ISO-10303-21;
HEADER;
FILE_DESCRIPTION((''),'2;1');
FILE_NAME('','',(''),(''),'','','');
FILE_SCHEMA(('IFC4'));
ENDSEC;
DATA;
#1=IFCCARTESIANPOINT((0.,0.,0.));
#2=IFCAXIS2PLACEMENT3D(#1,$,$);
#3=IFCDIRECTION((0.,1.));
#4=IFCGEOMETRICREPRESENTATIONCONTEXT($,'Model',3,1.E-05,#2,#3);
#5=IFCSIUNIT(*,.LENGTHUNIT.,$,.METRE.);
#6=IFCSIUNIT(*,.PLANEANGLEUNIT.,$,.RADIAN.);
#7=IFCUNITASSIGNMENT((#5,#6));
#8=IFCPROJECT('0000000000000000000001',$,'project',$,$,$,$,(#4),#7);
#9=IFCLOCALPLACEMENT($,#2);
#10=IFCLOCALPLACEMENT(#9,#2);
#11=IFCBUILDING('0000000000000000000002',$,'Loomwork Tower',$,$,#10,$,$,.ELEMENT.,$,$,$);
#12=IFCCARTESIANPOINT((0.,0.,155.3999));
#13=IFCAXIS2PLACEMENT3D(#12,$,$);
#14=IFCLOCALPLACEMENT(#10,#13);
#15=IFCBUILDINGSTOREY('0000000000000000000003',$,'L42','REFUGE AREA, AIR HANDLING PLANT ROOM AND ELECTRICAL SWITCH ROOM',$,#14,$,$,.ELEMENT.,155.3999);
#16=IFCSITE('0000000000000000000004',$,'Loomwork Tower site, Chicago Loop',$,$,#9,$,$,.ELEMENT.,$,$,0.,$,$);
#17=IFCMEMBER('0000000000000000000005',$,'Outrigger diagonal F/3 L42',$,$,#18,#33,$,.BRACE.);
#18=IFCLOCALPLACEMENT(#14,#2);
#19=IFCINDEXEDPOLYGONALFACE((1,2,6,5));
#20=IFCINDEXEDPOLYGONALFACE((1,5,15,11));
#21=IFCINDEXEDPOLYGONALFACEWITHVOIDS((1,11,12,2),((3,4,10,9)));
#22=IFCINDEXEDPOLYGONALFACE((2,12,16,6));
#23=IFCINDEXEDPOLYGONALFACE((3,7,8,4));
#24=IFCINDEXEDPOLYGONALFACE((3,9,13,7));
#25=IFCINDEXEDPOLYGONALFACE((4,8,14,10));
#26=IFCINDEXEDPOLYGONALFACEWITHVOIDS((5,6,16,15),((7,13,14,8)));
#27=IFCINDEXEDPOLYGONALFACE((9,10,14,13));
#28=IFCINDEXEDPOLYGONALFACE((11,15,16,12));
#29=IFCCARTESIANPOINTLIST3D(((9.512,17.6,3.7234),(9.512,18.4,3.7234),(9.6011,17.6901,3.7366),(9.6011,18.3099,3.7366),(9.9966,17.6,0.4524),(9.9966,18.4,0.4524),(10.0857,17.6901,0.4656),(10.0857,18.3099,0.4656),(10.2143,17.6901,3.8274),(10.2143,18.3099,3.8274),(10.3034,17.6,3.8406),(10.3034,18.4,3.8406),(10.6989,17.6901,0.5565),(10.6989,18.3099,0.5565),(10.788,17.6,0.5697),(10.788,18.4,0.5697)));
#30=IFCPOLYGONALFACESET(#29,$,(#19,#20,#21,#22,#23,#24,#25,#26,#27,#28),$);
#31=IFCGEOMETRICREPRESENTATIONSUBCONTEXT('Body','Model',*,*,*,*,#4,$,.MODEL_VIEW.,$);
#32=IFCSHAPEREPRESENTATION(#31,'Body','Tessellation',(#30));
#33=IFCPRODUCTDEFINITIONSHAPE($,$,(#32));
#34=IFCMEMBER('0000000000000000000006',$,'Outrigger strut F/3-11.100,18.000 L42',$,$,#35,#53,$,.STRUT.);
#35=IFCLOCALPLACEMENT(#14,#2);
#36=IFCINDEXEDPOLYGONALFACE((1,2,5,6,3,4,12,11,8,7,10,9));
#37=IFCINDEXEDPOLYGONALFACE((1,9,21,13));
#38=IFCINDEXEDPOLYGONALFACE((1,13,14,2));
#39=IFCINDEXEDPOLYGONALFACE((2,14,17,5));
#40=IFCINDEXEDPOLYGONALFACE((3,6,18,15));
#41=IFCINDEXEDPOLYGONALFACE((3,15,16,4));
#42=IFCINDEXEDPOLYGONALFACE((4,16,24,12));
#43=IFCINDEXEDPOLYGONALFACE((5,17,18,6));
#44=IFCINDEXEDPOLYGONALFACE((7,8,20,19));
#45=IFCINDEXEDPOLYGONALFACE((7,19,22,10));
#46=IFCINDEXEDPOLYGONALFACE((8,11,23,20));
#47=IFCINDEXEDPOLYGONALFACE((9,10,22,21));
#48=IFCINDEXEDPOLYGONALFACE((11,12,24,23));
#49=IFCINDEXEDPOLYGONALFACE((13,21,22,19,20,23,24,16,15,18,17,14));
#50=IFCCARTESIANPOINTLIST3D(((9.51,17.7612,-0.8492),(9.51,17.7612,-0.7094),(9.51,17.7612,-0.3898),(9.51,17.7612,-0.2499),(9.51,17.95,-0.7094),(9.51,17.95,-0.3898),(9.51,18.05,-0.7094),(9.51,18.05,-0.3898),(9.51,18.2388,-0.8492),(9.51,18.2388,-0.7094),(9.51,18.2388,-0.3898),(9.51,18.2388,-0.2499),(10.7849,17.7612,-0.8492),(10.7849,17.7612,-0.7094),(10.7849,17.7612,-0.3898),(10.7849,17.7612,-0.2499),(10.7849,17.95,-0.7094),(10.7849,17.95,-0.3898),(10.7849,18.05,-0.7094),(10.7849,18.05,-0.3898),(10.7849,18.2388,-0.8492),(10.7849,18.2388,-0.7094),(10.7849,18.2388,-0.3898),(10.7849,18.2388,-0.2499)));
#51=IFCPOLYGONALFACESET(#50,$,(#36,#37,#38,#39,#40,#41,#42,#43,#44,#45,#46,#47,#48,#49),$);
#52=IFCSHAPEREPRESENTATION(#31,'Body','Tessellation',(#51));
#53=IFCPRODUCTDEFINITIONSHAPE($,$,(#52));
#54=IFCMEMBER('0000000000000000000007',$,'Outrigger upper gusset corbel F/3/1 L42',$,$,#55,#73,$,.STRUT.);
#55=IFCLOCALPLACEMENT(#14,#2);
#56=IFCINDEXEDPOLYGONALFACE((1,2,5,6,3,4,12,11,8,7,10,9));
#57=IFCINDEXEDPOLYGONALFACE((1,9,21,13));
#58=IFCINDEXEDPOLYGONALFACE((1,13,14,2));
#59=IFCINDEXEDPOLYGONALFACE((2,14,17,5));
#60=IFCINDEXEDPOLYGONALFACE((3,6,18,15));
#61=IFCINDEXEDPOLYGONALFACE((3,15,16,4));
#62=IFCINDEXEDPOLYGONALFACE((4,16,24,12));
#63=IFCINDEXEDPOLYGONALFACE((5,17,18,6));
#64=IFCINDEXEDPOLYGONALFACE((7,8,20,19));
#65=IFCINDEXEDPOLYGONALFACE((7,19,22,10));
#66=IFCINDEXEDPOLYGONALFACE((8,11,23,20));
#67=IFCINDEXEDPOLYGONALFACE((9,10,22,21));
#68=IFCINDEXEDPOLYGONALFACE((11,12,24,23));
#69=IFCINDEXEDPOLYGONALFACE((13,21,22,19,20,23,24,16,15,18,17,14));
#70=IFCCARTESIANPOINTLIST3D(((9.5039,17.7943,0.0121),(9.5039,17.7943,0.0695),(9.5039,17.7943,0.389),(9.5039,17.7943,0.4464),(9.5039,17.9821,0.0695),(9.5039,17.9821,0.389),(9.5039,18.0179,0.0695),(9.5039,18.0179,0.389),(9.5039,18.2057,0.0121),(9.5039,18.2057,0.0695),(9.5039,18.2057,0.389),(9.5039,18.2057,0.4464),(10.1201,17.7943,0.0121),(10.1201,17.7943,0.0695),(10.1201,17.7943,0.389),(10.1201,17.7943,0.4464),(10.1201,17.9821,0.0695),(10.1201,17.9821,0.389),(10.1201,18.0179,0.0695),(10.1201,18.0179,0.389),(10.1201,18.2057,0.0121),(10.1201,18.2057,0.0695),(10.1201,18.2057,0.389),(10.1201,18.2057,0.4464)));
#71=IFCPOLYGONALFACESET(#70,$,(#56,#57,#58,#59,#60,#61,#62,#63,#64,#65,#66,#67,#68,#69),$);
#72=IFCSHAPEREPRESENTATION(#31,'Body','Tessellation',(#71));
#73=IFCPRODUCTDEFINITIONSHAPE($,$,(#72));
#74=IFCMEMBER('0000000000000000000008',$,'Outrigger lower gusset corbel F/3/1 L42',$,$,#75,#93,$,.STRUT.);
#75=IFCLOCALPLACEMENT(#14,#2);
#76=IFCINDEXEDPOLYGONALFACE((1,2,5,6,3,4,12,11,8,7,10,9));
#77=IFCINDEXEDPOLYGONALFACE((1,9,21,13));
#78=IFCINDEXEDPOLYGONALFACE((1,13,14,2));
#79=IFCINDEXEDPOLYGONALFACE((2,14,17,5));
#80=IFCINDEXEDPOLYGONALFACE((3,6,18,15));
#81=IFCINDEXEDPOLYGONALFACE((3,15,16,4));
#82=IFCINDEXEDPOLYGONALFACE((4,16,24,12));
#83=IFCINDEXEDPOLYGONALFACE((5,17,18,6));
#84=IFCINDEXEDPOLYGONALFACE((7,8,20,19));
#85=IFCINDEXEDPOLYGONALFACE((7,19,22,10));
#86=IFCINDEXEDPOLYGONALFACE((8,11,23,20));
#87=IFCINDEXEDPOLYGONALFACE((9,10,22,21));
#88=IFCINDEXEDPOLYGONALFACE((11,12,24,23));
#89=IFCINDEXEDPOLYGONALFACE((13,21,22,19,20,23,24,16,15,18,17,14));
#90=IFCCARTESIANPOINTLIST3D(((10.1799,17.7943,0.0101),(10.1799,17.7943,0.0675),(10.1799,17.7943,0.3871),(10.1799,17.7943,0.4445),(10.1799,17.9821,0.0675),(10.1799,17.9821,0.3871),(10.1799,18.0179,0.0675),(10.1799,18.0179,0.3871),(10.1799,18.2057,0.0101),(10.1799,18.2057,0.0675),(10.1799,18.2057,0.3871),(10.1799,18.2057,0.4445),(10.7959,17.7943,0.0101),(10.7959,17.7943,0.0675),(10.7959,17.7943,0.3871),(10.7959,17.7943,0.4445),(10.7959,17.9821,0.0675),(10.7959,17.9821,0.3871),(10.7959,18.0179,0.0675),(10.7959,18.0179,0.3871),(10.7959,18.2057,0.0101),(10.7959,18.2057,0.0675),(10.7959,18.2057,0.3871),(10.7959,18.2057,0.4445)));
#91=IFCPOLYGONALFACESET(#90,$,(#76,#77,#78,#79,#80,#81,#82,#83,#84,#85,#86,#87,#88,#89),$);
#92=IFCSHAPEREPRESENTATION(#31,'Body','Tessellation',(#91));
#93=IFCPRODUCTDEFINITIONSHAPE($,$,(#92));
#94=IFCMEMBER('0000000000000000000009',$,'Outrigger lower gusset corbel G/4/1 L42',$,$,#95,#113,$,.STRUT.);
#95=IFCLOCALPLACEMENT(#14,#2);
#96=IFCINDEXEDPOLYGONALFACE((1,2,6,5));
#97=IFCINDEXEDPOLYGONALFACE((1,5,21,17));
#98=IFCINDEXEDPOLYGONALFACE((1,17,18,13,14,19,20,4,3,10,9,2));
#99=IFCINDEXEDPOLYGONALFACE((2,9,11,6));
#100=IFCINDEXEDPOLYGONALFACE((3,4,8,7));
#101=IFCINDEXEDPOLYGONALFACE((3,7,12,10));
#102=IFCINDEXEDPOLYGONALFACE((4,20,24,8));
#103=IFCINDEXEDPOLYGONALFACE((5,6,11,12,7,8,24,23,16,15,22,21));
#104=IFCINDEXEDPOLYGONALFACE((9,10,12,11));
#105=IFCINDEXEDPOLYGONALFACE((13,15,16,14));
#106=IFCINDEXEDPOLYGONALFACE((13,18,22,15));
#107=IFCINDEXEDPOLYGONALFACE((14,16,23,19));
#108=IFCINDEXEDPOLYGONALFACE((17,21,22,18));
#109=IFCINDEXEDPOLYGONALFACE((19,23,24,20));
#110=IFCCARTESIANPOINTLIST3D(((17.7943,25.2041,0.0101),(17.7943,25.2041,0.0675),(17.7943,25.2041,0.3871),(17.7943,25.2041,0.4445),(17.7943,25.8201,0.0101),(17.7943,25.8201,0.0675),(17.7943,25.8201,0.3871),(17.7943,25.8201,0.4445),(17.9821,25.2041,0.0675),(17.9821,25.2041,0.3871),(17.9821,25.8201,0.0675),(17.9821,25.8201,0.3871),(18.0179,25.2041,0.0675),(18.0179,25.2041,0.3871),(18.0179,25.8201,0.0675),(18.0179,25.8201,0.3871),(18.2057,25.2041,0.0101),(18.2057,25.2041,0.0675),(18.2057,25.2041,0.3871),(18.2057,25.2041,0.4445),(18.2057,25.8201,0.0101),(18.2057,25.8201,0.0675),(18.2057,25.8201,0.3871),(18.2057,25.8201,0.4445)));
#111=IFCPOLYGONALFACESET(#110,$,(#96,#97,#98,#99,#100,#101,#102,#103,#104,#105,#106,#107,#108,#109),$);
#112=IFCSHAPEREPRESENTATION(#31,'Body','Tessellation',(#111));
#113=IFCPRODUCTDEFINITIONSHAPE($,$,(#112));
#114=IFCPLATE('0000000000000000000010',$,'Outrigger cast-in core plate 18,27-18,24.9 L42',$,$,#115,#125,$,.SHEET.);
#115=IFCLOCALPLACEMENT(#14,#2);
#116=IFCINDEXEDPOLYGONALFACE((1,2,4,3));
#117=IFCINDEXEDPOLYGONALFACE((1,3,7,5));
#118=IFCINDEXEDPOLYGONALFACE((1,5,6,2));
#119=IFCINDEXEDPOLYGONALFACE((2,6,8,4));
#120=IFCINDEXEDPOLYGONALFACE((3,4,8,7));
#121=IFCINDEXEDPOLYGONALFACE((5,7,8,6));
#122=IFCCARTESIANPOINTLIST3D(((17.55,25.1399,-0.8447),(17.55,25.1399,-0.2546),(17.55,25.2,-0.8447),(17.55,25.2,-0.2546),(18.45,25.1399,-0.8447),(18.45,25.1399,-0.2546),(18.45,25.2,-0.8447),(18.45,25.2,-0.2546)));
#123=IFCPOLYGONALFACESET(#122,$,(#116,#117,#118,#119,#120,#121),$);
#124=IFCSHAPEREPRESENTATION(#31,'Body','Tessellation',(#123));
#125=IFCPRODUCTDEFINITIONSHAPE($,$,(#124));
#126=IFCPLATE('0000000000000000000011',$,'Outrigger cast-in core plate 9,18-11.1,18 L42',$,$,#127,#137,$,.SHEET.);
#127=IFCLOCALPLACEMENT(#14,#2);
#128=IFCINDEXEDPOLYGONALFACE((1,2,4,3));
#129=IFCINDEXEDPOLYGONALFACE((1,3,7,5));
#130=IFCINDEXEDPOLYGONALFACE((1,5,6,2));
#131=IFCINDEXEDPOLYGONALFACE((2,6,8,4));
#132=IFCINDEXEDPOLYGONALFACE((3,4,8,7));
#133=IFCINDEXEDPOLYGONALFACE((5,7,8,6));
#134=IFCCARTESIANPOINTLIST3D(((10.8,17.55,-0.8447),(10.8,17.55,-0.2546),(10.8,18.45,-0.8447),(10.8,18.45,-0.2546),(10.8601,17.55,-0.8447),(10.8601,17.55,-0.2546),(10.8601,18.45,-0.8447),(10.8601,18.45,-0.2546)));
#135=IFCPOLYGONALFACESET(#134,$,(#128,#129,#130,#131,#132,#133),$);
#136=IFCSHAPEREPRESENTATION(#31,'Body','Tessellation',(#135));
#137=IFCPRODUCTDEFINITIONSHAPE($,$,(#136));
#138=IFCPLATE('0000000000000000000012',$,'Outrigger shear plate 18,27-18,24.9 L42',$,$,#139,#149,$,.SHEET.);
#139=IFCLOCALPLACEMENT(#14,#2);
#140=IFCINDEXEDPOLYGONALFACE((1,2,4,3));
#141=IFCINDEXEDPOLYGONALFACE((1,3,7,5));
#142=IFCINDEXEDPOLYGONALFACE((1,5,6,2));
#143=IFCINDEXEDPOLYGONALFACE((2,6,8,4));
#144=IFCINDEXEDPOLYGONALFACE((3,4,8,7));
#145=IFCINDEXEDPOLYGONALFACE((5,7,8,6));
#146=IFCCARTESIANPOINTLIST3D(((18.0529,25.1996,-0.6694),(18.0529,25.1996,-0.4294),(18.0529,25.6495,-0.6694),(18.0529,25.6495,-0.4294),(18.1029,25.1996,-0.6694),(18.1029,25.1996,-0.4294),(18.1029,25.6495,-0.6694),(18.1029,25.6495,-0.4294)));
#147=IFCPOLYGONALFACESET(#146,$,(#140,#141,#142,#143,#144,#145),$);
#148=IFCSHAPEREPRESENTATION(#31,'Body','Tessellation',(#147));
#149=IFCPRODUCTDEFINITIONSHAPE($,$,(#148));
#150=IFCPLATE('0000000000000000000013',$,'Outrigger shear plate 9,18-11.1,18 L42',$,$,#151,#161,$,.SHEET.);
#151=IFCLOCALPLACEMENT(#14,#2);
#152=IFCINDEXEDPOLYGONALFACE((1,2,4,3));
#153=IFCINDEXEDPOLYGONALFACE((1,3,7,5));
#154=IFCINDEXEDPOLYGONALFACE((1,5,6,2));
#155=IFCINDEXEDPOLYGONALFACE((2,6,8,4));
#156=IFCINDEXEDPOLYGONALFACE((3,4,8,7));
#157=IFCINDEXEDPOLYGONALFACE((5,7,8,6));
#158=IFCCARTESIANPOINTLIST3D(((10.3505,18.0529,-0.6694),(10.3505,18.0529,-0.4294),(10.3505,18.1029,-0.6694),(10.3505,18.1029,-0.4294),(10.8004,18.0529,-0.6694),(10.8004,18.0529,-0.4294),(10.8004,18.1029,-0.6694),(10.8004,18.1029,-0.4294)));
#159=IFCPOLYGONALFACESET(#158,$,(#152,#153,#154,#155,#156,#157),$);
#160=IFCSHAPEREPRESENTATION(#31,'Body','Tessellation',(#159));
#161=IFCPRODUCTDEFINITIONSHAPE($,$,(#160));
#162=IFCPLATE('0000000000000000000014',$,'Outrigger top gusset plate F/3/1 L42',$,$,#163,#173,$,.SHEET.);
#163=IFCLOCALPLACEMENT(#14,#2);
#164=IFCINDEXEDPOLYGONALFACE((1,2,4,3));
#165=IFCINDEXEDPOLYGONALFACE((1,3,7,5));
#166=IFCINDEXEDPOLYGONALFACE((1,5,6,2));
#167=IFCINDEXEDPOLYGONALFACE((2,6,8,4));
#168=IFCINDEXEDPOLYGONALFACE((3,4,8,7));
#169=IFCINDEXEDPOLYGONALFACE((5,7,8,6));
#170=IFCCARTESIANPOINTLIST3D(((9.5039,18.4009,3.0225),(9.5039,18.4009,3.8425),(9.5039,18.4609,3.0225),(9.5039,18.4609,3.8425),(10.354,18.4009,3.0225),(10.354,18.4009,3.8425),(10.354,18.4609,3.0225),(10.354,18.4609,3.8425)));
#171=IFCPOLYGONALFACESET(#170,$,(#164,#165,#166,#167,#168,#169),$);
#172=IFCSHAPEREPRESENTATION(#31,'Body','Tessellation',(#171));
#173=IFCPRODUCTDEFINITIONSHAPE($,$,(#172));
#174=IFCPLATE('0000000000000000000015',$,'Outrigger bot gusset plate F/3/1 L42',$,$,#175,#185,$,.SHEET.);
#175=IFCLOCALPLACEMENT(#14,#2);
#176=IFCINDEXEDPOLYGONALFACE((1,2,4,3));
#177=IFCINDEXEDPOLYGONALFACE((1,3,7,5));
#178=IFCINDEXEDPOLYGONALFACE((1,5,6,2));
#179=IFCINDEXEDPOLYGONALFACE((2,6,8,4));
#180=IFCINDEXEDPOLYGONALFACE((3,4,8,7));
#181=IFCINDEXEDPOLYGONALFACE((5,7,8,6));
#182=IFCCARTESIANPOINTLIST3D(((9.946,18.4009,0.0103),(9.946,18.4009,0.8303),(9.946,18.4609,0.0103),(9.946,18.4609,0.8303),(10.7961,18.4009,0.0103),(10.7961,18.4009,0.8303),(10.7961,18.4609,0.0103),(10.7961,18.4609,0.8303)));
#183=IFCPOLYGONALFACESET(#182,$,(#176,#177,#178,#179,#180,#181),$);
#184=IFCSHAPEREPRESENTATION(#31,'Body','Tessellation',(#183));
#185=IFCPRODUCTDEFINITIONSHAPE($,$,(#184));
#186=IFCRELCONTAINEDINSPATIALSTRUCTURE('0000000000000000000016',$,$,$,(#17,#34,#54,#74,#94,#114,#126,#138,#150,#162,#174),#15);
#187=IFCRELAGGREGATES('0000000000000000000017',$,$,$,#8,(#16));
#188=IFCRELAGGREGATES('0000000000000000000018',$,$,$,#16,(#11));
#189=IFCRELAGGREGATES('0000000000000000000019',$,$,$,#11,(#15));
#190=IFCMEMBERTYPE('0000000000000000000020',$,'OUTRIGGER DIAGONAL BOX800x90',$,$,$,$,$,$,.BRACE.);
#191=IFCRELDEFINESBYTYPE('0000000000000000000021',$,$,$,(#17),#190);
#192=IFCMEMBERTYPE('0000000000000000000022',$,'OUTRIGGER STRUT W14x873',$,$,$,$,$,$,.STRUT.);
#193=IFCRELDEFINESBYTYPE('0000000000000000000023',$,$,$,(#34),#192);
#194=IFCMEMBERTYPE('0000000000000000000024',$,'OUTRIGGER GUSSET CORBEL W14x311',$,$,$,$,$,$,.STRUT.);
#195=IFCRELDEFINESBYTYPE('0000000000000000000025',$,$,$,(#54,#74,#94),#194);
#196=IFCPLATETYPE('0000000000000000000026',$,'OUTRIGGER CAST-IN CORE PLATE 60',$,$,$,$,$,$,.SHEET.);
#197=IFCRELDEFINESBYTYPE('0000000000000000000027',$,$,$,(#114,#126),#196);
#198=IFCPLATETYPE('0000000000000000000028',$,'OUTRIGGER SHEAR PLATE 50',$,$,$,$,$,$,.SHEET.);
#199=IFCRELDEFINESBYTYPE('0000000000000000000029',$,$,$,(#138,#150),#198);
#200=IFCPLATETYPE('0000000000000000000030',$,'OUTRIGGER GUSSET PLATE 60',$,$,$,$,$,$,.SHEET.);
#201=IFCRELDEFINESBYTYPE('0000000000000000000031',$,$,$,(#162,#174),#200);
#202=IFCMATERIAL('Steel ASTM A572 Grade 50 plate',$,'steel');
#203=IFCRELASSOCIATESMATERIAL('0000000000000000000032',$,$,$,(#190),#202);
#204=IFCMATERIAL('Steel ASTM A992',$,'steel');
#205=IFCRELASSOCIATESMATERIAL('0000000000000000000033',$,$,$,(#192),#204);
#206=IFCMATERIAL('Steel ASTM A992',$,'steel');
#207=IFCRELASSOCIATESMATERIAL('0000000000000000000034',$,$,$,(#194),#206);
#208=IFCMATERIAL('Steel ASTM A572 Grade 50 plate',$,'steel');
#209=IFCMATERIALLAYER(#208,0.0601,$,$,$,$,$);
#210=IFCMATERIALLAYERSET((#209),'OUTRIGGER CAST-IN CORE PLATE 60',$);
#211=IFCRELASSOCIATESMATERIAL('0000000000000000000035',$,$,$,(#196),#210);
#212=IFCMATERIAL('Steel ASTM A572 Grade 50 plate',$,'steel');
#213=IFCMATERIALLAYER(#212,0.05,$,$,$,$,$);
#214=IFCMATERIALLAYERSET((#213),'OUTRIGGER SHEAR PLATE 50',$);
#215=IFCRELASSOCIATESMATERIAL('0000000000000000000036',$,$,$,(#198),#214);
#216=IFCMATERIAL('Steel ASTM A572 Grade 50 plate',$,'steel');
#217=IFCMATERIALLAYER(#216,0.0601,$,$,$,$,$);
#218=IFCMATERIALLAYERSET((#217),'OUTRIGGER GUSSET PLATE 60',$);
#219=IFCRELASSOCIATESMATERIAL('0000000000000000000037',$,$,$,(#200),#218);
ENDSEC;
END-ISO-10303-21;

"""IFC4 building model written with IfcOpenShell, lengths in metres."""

from ifc_helpers import new_model, si_unit, direction, frame, origin, origin_2d, place, context, subcontext, project, spatial, rectangle, hollow_rectangle, i_section, extrude, material, layer, layer_set, material_profile, profile_set, type_object, element, save


model = new_model("IFC4")

# Units and contexts
model_context = context("Model", 3, precision=1e-05, world=origin(), true_north=direction((0.0, 1.0)))
body_context = subcontext(model_context, "Body", "Model", "MODEL_VIEW")
ifc_project = project(units=[si_unit("LENGTHUNIT", "METRE"), si_unit("PLANEANGLEUNIT", "RADIAN")], contexts=[model_context])

# Site, building, storey
site_placement = place(None, origin())
site = spatial("IfcSite", under=ifc_project, at=site_placement, Name="Loomwork Tower site, Chicago Loop", CompositionType="ELEMENT", RefElevation=0.0)
building_placement = place(site_placement, origin())
building = spatial("IfcBuilding", under=site, at=building_placement, Name="Loomwork Tower", CompositionType="ELEMENT")
storey_placement = place(building_placement, frame((0.0, 0.0, 155.3999)))
storey = spatial("IfcBuildingStorey", under=building, at=storey_placement, Name="L42", Description="REFUGE AREA, AIR HANDLING PLANT ROOM AND ELECTRICAL SWITCH ROOM", CompositionType="ELEMENT", Elevation=155.3999)

# Members
ifc_material_1 = material(Name="Steel ASTM A572 Grade 50 plate", Category="steel")
ifc_material_profile_1 = material_profile(ifc_material_1, hollow_rectangle(XDim=0.8, YDim=0.8, WallThickness=0.0901, at=origin_2d()), Name="BOX800x90")
ifc_profile_set_1 = profile_set([ifc_material_profile_1], Name="Steel ASTM A572 Grade 50 plate")
member_type_1 = type_object("IfcMemberType", Name="OUTRIGGER DIAGONAL BOX800x90", PredefinedType="BRACE", material=ifc_profile_set_1)
member_1_placement = place(storey_placement, frame((9.9077, 18.0, 3.782), z_axis=(0.146557, 0.0, -0.989202), x_axis=(0.0, 1.0, 0.0)))
element("IfcMember", 1, at=member_1_placement, inside=storey, type_object=member_type_1, Name="Outrigger diagonal F/3 L42", PredefinedType="BRACE", context=body_context, shape_type="SweptSolid", body=[
    extrude(hollow_rectangle(XDim=0.8, YDim=0.8, WallThickness=0.0901, at=origin_2d()), origin(), (0.0, 0.0, 1.0), 3.3066),
])
ifc_material_2 = material(Name="Steel ASTM A992", Category="steel")
ifc_material_profile_2 = material_profile(ifc_material_2, i_section(OverallWidth=0.4775, OverallDepth=0.5994, WebThickness=0.1001, FlangeThickness=0.1399, at=origin_2d()), Name="W14x873")
ifc_profile_set_2 = profile_set([ifc_material_profile_2], Name="Steel ASTM A992")
member_type_2 = type_object("IfcMemberType", Name="OUTRIGGER STRUT W14x873", PredefinedType="STRUT", material=ifc_profile_set_2)
member_2_placement = place(storey_placement, frame((9.51, 18.0, -0.5496), z_axis=(1.0, 0.0, 0.0), x_axis=(0.0, 1.0, 0.0)))
element("IfcMember", 2, at=member_2_placement, inside=storey, type_object=member_type_2, Name="Outrigger strut F/3-11.100,18.000 L42", PredefinedType="STRUT", context=body_context, shape_type="SweptSolid", body=[
    extrude(i_section(OverallWidth=0.4775, OverallDepth=0.5994, WebThickness=0.1001, FlangeThickness=0.1399, at=origin_2d()), origin(), (0.0, 0.0, 1.0), 1.2749),
])
ifc_material_3 = material(Name="Steel ASTM A992", Category="steel")
ifc_material_profile_3 = material_profile(ifc_material_3, i_section(OverallWidth=0.4114, OverallDepth=0.4343, WebThickness=0.0359, FlangeThickness=0.0574, at=origin_2d()), Name="W14x311")
ifc_profile_set_3 = profile_set([ifc_material_profile_3], Name="Steel ASTM A992")
member_type_3 = type_object("IfcMemberType", Name="OUTRIGGER GUSSET CORBEL W14x311", PredefinedType="STRUT", material=ifc_profile_set_3)
member_3_placement = place(storey_placement, frame((9.5039, 18.0, 0.2292), z_axis=(1.0, 0.0, 0.0), x_axis=(0.0, 1.0, 0.0)))
element("IfcMember", 3, at=member_3_placement, inside=storey, type_object=member_type_3, Name="Outrigger upper gusset corbel F/3/1 L42", PredefinedType="STRUT", context=body_context, shape_type="SweptSolid", body=[
    extrude(i_section(OverallWidth=0.4114, OverallDepth=0.4343, WebThickness=0.0359, FlangeThickness=0.0574, at=origin_2d()), origin(), (0.0, 0.0, 1.0), 0.6162),
])
for number, where, z_axis, x_axis, name in (
    (4, (10.7959, 18.0, 0.2273), (-1.0, 0.0, 0.0), (0.0, -1.0, 0.0), "Outrigger lower gusset corbel F/3/1 L42"),
    (5, (18.0, 25.2041, 0.2273), (0.0, 1.0, 0.0), (-1.0, 0.0, 0.0), "Outrigger lower gusset corbel G/4/1 L42"),
):
    element("IfcMember", number, at=place(storey_placement, frame(where, z_axis=z_axis, x_axis=x_axis)), inside=storey, type_object=member_type_3, Name=name, PredefinedType="STRUT", context=body_context, shape_type="SweptSolid", body=[
        extrude(i_section(OverallWidth=0.4114, OverallDepth=0.4343, WebThickness=0.0359, FlangeThickness=0.0574, at=origin_2d()), origin(), (0.0, 0.0, 1.0), 0.616),
    ])

# Plates
ifc_material_4 = material(Name="Steel ASTM A572 Grade 50 plate", Category="steel")
ifc_layer_1 = layer(ifc_material_4, 0.0601)
ifc_layer_set_1 = layer_set([ifc_layer_1], Name="OUTRIGGER CAST-IN CORE PLATE 60")
plate_type_1 = type_object("IfcPlateType", Name="OUTRIGGER CAST-IN CORE PLATE 60", PredefinedType="SHEET", material=ifc_layer_set_1)
for number, where, z_axis, x_axis, name in (
    (6, (18.0, 25.1699, -0.8447), (0.0, 0.0, 1.0), (1.0, 0.0, 0.0), "Outrigger cast-in core plate 18,27-18,24.9 L42"),
    (7, (10.8301, 18.0, -0.8447), (0.0, 0.0, 1.0), (0.0, 1.0, 0.0), "Outrigger cast-in core plate 9,18-11.1,18 L42"),
):
    element("IfcPlate", number, at=place(storey_placement, frame(where, z_axis=z_axis, x_axis=x_axis)), inside=storey, type_object=plate_type_1, Name=name, PredefinedType="SHEET", context=body_context, shape_type="SweptSolid", body=[
        extrude(rectangle(XDim=0.8999, YDim=0.0601, at=origin_2d()), origin(), (0.0, 0.0, 1.0), 0.5901),
    ])
ifc_material_5 = material(Name="Steel ASTM A572 Grade 50 plate", Category="steel")
ifc_layer_2 = layer(ifc_material_5, 0.05)
ifc_layer_set_2 = layer_set([ifc_layer_2], Name="OUTRIGGER SHEAR PLATE 50")
plate_type_2 = type_object("IfcPlateType", Name="OUTRIGGER SHEAR PLATE 50", PredefinedType="SHEET", material=ifc_layer_set_2)
for number, where, z_axis, x_axis, name in (
    (8, (18.0779, 25.4246, -0.6694), (0.0, 0.0, 1.0), (0.0, 1.0, 0.0), "Outrigger shear plate 18,27-18,24.9 L42"),
    (9, (10.5754, 18.0779, -0.6694), (0.0, 0.0, 1.0), (1.0, 0.0, 0.0), "Outrigger shear plate 9,18-11.1,18 L42"),
):
    element("IfcPlate", number, at=place(storey_placement, frame(where, z_axis=z_axis, x_axis=x_axis)), inside=storey, type_object=plate_type_2, Name=name, PredefinedType="SHEET", context=body_context, shape_type="SweptSolid", body=[
        extrude(rectangle(XDim=0.45, YDim=0.05, at=origin_2d()), origin(), (0.0, 0.0, 1.0), 0.24),
    ])
ifc_material_6 = material(Name="Steel ASTM A572 Grade 50 plate", Category="steel")
ifc_layer_3 = layer(ifc_material_6, 0.0601)
ifc_layer_set_3 = layer_set([ifc_layer_3], Name="OUTRIGGER GUSSET PLATE 60")
plate_type_3 = type_object("IfcPlateType", Name="OUTRIGGER GUSSET PLATE 60", PredefinedType="SHEET", material=ifc_layer_set_3)
for number, where, z_axis, x_axis, name in (
    (10, (9.929, 18.4309, 3.0225), (0.0, 0.0, 1.0), (1.0, 0.0, 0.0), "Outrigger top gusset plate F/3/1 L42"),
    (11, (10.3711, 18.4309, 0.0103), (0.0, 0.0, 1.0), (1.0, 0.0, 0.0), "Outrigger bot gusset plate F/3/1 L42"),
):
    element("IfcPlate", number, at=place(storey_placement, frame(where, z_axis=z_axis, x_axis=x_axis)), inside=storey, type_object=plate_type_3, Name=name, PredefinedType="SHEET", context=body_context, shape_type="SweptSolid", body=[
        extrude(rectangle(XDim=0.8501, YDim=0.0601, at=origin_2d()), origin(), (0.0, 0.0, 1.0), 0.8201),
    ])

save(model, "model.ifc")
